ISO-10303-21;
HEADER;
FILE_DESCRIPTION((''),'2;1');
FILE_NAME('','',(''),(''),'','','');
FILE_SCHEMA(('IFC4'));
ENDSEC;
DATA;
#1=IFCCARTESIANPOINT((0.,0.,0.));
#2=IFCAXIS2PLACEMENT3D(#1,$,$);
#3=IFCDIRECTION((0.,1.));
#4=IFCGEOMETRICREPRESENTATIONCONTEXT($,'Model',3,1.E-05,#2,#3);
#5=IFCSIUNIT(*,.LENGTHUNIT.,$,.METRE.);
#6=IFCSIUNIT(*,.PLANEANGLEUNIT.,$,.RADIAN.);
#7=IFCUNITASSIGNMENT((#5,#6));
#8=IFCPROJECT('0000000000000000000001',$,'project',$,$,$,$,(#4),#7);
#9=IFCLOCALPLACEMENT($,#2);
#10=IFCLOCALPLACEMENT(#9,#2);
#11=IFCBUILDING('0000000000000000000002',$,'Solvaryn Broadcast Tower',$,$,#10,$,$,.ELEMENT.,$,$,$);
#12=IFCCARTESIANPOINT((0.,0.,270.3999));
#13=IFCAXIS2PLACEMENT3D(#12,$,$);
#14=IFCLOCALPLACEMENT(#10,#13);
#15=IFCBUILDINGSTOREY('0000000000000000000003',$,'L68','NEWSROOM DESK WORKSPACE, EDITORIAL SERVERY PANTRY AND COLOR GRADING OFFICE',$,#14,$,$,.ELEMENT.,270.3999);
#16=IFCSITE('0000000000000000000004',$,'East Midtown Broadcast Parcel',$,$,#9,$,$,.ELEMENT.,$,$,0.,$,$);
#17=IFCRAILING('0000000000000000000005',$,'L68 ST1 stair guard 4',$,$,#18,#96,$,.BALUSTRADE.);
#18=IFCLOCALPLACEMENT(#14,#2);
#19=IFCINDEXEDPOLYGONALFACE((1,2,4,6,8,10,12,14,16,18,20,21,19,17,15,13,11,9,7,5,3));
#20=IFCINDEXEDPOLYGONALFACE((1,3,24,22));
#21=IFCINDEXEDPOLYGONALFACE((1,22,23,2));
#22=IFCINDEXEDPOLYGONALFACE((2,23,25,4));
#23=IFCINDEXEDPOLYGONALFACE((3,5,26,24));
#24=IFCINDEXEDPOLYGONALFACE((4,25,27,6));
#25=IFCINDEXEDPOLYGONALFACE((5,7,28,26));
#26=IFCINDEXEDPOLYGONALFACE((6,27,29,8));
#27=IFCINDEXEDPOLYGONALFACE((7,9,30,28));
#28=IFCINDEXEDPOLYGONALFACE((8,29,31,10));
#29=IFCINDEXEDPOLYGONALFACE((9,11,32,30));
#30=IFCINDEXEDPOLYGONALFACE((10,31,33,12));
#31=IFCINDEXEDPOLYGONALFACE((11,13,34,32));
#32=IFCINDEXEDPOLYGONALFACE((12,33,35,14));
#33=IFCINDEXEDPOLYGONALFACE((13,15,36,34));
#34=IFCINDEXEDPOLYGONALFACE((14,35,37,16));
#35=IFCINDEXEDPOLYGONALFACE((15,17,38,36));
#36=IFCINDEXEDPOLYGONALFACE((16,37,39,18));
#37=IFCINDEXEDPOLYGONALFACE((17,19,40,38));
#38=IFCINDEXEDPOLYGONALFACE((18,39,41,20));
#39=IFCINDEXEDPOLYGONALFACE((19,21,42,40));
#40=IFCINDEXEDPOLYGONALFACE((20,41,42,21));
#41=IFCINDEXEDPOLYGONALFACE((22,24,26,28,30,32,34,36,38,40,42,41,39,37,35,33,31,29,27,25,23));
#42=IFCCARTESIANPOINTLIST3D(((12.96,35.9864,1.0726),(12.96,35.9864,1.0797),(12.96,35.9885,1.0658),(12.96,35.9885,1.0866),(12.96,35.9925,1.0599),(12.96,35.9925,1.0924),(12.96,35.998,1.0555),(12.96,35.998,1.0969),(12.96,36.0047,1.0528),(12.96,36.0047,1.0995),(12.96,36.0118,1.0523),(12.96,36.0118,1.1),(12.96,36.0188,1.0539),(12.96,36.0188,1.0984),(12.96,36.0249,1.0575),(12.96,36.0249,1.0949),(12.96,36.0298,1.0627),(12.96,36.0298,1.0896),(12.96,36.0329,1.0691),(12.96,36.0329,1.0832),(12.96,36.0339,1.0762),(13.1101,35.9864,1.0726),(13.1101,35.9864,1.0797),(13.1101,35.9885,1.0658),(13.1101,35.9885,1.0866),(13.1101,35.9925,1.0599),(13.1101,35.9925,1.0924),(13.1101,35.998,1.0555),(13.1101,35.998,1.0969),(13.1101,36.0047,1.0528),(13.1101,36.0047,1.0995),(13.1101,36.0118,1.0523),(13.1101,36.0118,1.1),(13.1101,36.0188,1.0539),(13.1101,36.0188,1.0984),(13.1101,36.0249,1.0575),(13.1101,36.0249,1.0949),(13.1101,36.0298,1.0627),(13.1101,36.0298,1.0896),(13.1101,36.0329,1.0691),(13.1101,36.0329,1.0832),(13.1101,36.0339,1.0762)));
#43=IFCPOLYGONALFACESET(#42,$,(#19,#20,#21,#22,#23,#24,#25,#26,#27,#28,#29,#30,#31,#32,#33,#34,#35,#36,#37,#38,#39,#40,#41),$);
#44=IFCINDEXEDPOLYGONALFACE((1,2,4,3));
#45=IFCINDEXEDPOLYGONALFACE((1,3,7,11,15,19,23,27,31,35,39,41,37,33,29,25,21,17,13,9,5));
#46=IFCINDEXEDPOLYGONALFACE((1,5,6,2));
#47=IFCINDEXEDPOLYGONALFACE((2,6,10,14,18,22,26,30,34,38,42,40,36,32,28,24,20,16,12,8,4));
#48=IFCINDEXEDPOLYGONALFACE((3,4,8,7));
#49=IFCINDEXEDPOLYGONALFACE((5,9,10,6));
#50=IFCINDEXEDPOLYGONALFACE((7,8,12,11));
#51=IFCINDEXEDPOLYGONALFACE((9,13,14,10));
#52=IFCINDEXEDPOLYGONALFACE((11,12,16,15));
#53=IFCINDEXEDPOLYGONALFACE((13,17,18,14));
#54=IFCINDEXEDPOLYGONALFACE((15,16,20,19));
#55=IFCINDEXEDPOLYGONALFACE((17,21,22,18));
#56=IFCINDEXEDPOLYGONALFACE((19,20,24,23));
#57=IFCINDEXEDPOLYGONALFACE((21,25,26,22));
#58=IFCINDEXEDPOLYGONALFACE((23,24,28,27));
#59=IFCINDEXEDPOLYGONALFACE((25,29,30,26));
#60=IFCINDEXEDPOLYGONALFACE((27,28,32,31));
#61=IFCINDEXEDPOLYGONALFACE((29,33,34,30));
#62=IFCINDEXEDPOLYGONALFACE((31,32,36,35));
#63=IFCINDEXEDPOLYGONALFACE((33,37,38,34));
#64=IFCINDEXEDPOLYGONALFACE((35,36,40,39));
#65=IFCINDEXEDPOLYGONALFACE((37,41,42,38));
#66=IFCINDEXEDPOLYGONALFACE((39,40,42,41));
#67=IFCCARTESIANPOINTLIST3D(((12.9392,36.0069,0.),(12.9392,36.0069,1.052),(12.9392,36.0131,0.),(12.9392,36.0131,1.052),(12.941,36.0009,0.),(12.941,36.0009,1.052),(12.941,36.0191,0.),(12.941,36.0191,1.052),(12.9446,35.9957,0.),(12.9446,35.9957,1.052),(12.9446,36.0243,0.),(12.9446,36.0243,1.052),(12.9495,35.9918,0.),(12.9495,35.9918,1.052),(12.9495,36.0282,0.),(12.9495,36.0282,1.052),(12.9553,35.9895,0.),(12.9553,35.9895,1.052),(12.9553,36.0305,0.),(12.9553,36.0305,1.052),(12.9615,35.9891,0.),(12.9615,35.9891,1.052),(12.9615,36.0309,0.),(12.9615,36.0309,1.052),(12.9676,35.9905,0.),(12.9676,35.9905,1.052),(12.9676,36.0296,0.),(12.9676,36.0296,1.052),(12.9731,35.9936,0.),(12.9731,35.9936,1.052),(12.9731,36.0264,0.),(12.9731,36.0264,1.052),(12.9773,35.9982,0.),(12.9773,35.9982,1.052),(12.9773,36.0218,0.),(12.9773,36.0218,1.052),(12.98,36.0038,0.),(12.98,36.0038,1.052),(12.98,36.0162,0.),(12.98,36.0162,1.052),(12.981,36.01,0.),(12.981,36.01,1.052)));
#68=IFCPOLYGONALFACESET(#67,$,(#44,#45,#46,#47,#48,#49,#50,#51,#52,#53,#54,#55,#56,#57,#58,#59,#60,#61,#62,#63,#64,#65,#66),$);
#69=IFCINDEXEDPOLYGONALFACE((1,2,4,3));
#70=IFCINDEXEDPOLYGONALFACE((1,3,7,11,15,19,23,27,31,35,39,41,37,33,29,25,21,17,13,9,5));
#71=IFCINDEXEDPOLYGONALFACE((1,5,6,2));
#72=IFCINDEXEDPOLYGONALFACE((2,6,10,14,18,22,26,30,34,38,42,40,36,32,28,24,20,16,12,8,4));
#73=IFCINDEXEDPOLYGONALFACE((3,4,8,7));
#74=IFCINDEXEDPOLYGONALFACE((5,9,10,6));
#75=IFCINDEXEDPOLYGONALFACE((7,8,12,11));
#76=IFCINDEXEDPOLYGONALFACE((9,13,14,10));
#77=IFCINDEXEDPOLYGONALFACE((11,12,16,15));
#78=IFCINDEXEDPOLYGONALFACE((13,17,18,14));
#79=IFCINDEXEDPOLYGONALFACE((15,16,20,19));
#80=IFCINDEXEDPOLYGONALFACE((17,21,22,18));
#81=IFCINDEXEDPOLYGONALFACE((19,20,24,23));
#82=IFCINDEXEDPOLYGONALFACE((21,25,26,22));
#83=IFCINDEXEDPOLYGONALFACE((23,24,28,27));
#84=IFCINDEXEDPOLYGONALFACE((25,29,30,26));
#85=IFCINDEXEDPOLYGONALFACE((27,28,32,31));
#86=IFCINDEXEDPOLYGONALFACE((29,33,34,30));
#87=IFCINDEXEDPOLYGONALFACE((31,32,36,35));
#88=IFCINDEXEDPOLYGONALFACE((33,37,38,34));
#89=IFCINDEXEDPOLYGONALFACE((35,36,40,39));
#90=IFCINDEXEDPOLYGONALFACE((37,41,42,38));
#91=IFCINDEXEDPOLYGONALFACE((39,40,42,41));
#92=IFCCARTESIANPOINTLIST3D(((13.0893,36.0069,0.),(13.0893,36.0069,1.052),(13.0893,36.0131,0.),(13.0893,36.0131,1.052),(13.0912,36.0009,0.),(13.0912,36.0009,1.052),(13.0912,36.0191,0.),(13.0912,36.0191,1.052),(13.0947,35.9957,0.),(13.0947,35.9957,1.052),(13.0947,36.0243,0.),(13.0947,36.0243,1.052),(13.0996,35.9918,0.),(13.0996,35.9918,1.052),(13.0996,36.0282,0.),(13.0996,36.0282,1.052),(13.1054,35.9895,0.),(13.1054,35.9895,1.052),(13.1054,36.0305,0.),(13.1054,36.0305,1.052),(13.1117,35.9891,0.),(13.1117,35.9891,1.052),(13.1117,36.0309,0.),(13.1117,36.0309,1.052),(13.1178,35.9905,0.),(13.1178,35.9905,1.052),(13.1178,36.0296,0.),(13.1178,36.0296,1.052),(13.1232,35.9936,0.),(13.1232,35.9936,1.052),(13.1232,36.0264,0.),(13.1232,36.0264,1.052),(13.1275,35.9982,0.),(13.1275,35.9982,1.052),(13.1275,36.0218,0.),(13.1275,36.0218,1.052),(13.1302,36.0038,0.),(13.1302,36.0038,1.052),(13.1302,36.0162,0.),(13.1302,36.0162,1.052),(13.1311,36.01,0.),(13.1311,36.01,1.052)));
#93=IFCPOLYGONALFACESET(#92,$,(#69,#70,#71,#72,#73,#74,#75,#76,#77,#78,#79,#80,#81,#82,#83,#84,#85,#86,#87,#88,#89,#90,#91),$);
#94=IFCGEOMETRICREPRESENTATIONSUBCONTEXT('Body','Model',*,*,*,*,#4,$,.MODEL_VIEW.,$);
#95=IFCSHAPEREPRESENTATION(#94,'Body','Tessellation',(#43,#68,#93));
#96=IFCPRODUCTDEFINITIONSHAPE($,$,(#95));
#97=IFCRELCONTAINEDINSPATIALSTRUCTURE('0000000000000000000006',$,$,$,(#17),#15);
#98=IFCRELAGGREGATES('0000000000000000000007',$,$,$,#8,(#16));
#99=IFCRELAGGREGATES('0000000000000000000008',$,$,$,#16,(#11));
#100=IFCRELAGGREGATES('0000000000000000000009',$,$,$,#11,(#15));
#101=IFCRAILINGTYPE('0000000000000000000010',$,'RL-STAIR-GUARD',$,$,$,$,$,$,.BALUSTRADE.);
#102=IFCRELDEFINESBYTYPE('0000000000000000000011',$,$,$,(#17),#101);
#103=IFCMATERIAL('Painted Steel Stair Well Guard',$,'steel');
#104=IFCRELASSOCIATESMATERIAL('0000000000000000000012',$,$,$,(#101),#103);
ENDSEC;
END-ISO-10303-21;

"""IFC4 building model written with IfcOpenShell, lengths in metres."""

from ifc_helpers import new_model, si_unit, direction, frame, origin, origin_2d, place, context, subcontext, project, spatial, circle, extrude, material, type_object, element, save


model = new_model("IFC4")

# Units and contexts
model_context = context("Model", 3, precision=1e-05, world=origin(), true_north=direction((0.0, 1.0)))
body_context = subcontext(model_context, "Body", "Model", "MODEL_VIEW")
ifc_project = project(units=[si_unit("LENGTHUNIT", "METRE"), si_unit("PLANEANGLEUNIT", "RADIAN")], contexts=[model_context])

# Site, building, storey
site_placement = place(None, origin())
site = spatial("IfcSite", under=ifc_project, at=site_placement, Name="East Midtown Broadcast Parcel", CompositionType="ELEMENT", RefElevation=0.0)
building_placement = place(site_placement, origin())
building = spatial("IfcBuilding", under=site, at=building_placement, Name="Solvaryn Broadcast Tower", CompositionType="ELEMENT")
storey_placement = place(building_placement, frame((0.0, 0.0, 270.3999)))
storey = spatial("IfcBuildingStorey", under=building, at=storey_placement, Name="L68", Description="NEWSROOM DESK WORKSPACE, EDITORIAL SERVERY PANTRY AND COLOR GRADING OFFICE", CompositionType="ELEMENT", Elevation=270.3999)

# Railing
ifc_material_1 = material(Name="Painted Steel Stair Well Guard", Category="steel")
railing_type_1 = type_object("IfcRailingType", Name="RL-STAIR-GUARD", PredefinedType="BALUSTRADE", material=ifc_material_1)
railing_1_placement = place(storey_placement, frame((12.96, 36.01, 0.0)))
element("IfcRailing", 1, at=railing_1_placement, inside=storey, type_object=railing_type_1, Name="L68 ST1 stair guard 4", PredefinedType="BALUSTRADE", context=body_context, shape_type="SweptSolid", body=[
    extrude(circle(Radius=0.0239, at=origin_2d()), frame((0.0, 0.0, 1.0762), z_axis=(1.0, 0.0, 0.0), x_axis=(0.0, 1.0, 0.0)), (0.0, 0.0, 1.0), 0.1501),
    extrude(circle(Radius=0.021, at=origin_2d()), origin(), (0.0, 0.0, 1.0), 1.052),
    extrude(circle(Radius=0.021, at=origin_2d()), frame((0.1501, 0.0, 0.0)), (0.0, 0.0, 1.0), 1.052),
])

save(model, "model.ifc")
